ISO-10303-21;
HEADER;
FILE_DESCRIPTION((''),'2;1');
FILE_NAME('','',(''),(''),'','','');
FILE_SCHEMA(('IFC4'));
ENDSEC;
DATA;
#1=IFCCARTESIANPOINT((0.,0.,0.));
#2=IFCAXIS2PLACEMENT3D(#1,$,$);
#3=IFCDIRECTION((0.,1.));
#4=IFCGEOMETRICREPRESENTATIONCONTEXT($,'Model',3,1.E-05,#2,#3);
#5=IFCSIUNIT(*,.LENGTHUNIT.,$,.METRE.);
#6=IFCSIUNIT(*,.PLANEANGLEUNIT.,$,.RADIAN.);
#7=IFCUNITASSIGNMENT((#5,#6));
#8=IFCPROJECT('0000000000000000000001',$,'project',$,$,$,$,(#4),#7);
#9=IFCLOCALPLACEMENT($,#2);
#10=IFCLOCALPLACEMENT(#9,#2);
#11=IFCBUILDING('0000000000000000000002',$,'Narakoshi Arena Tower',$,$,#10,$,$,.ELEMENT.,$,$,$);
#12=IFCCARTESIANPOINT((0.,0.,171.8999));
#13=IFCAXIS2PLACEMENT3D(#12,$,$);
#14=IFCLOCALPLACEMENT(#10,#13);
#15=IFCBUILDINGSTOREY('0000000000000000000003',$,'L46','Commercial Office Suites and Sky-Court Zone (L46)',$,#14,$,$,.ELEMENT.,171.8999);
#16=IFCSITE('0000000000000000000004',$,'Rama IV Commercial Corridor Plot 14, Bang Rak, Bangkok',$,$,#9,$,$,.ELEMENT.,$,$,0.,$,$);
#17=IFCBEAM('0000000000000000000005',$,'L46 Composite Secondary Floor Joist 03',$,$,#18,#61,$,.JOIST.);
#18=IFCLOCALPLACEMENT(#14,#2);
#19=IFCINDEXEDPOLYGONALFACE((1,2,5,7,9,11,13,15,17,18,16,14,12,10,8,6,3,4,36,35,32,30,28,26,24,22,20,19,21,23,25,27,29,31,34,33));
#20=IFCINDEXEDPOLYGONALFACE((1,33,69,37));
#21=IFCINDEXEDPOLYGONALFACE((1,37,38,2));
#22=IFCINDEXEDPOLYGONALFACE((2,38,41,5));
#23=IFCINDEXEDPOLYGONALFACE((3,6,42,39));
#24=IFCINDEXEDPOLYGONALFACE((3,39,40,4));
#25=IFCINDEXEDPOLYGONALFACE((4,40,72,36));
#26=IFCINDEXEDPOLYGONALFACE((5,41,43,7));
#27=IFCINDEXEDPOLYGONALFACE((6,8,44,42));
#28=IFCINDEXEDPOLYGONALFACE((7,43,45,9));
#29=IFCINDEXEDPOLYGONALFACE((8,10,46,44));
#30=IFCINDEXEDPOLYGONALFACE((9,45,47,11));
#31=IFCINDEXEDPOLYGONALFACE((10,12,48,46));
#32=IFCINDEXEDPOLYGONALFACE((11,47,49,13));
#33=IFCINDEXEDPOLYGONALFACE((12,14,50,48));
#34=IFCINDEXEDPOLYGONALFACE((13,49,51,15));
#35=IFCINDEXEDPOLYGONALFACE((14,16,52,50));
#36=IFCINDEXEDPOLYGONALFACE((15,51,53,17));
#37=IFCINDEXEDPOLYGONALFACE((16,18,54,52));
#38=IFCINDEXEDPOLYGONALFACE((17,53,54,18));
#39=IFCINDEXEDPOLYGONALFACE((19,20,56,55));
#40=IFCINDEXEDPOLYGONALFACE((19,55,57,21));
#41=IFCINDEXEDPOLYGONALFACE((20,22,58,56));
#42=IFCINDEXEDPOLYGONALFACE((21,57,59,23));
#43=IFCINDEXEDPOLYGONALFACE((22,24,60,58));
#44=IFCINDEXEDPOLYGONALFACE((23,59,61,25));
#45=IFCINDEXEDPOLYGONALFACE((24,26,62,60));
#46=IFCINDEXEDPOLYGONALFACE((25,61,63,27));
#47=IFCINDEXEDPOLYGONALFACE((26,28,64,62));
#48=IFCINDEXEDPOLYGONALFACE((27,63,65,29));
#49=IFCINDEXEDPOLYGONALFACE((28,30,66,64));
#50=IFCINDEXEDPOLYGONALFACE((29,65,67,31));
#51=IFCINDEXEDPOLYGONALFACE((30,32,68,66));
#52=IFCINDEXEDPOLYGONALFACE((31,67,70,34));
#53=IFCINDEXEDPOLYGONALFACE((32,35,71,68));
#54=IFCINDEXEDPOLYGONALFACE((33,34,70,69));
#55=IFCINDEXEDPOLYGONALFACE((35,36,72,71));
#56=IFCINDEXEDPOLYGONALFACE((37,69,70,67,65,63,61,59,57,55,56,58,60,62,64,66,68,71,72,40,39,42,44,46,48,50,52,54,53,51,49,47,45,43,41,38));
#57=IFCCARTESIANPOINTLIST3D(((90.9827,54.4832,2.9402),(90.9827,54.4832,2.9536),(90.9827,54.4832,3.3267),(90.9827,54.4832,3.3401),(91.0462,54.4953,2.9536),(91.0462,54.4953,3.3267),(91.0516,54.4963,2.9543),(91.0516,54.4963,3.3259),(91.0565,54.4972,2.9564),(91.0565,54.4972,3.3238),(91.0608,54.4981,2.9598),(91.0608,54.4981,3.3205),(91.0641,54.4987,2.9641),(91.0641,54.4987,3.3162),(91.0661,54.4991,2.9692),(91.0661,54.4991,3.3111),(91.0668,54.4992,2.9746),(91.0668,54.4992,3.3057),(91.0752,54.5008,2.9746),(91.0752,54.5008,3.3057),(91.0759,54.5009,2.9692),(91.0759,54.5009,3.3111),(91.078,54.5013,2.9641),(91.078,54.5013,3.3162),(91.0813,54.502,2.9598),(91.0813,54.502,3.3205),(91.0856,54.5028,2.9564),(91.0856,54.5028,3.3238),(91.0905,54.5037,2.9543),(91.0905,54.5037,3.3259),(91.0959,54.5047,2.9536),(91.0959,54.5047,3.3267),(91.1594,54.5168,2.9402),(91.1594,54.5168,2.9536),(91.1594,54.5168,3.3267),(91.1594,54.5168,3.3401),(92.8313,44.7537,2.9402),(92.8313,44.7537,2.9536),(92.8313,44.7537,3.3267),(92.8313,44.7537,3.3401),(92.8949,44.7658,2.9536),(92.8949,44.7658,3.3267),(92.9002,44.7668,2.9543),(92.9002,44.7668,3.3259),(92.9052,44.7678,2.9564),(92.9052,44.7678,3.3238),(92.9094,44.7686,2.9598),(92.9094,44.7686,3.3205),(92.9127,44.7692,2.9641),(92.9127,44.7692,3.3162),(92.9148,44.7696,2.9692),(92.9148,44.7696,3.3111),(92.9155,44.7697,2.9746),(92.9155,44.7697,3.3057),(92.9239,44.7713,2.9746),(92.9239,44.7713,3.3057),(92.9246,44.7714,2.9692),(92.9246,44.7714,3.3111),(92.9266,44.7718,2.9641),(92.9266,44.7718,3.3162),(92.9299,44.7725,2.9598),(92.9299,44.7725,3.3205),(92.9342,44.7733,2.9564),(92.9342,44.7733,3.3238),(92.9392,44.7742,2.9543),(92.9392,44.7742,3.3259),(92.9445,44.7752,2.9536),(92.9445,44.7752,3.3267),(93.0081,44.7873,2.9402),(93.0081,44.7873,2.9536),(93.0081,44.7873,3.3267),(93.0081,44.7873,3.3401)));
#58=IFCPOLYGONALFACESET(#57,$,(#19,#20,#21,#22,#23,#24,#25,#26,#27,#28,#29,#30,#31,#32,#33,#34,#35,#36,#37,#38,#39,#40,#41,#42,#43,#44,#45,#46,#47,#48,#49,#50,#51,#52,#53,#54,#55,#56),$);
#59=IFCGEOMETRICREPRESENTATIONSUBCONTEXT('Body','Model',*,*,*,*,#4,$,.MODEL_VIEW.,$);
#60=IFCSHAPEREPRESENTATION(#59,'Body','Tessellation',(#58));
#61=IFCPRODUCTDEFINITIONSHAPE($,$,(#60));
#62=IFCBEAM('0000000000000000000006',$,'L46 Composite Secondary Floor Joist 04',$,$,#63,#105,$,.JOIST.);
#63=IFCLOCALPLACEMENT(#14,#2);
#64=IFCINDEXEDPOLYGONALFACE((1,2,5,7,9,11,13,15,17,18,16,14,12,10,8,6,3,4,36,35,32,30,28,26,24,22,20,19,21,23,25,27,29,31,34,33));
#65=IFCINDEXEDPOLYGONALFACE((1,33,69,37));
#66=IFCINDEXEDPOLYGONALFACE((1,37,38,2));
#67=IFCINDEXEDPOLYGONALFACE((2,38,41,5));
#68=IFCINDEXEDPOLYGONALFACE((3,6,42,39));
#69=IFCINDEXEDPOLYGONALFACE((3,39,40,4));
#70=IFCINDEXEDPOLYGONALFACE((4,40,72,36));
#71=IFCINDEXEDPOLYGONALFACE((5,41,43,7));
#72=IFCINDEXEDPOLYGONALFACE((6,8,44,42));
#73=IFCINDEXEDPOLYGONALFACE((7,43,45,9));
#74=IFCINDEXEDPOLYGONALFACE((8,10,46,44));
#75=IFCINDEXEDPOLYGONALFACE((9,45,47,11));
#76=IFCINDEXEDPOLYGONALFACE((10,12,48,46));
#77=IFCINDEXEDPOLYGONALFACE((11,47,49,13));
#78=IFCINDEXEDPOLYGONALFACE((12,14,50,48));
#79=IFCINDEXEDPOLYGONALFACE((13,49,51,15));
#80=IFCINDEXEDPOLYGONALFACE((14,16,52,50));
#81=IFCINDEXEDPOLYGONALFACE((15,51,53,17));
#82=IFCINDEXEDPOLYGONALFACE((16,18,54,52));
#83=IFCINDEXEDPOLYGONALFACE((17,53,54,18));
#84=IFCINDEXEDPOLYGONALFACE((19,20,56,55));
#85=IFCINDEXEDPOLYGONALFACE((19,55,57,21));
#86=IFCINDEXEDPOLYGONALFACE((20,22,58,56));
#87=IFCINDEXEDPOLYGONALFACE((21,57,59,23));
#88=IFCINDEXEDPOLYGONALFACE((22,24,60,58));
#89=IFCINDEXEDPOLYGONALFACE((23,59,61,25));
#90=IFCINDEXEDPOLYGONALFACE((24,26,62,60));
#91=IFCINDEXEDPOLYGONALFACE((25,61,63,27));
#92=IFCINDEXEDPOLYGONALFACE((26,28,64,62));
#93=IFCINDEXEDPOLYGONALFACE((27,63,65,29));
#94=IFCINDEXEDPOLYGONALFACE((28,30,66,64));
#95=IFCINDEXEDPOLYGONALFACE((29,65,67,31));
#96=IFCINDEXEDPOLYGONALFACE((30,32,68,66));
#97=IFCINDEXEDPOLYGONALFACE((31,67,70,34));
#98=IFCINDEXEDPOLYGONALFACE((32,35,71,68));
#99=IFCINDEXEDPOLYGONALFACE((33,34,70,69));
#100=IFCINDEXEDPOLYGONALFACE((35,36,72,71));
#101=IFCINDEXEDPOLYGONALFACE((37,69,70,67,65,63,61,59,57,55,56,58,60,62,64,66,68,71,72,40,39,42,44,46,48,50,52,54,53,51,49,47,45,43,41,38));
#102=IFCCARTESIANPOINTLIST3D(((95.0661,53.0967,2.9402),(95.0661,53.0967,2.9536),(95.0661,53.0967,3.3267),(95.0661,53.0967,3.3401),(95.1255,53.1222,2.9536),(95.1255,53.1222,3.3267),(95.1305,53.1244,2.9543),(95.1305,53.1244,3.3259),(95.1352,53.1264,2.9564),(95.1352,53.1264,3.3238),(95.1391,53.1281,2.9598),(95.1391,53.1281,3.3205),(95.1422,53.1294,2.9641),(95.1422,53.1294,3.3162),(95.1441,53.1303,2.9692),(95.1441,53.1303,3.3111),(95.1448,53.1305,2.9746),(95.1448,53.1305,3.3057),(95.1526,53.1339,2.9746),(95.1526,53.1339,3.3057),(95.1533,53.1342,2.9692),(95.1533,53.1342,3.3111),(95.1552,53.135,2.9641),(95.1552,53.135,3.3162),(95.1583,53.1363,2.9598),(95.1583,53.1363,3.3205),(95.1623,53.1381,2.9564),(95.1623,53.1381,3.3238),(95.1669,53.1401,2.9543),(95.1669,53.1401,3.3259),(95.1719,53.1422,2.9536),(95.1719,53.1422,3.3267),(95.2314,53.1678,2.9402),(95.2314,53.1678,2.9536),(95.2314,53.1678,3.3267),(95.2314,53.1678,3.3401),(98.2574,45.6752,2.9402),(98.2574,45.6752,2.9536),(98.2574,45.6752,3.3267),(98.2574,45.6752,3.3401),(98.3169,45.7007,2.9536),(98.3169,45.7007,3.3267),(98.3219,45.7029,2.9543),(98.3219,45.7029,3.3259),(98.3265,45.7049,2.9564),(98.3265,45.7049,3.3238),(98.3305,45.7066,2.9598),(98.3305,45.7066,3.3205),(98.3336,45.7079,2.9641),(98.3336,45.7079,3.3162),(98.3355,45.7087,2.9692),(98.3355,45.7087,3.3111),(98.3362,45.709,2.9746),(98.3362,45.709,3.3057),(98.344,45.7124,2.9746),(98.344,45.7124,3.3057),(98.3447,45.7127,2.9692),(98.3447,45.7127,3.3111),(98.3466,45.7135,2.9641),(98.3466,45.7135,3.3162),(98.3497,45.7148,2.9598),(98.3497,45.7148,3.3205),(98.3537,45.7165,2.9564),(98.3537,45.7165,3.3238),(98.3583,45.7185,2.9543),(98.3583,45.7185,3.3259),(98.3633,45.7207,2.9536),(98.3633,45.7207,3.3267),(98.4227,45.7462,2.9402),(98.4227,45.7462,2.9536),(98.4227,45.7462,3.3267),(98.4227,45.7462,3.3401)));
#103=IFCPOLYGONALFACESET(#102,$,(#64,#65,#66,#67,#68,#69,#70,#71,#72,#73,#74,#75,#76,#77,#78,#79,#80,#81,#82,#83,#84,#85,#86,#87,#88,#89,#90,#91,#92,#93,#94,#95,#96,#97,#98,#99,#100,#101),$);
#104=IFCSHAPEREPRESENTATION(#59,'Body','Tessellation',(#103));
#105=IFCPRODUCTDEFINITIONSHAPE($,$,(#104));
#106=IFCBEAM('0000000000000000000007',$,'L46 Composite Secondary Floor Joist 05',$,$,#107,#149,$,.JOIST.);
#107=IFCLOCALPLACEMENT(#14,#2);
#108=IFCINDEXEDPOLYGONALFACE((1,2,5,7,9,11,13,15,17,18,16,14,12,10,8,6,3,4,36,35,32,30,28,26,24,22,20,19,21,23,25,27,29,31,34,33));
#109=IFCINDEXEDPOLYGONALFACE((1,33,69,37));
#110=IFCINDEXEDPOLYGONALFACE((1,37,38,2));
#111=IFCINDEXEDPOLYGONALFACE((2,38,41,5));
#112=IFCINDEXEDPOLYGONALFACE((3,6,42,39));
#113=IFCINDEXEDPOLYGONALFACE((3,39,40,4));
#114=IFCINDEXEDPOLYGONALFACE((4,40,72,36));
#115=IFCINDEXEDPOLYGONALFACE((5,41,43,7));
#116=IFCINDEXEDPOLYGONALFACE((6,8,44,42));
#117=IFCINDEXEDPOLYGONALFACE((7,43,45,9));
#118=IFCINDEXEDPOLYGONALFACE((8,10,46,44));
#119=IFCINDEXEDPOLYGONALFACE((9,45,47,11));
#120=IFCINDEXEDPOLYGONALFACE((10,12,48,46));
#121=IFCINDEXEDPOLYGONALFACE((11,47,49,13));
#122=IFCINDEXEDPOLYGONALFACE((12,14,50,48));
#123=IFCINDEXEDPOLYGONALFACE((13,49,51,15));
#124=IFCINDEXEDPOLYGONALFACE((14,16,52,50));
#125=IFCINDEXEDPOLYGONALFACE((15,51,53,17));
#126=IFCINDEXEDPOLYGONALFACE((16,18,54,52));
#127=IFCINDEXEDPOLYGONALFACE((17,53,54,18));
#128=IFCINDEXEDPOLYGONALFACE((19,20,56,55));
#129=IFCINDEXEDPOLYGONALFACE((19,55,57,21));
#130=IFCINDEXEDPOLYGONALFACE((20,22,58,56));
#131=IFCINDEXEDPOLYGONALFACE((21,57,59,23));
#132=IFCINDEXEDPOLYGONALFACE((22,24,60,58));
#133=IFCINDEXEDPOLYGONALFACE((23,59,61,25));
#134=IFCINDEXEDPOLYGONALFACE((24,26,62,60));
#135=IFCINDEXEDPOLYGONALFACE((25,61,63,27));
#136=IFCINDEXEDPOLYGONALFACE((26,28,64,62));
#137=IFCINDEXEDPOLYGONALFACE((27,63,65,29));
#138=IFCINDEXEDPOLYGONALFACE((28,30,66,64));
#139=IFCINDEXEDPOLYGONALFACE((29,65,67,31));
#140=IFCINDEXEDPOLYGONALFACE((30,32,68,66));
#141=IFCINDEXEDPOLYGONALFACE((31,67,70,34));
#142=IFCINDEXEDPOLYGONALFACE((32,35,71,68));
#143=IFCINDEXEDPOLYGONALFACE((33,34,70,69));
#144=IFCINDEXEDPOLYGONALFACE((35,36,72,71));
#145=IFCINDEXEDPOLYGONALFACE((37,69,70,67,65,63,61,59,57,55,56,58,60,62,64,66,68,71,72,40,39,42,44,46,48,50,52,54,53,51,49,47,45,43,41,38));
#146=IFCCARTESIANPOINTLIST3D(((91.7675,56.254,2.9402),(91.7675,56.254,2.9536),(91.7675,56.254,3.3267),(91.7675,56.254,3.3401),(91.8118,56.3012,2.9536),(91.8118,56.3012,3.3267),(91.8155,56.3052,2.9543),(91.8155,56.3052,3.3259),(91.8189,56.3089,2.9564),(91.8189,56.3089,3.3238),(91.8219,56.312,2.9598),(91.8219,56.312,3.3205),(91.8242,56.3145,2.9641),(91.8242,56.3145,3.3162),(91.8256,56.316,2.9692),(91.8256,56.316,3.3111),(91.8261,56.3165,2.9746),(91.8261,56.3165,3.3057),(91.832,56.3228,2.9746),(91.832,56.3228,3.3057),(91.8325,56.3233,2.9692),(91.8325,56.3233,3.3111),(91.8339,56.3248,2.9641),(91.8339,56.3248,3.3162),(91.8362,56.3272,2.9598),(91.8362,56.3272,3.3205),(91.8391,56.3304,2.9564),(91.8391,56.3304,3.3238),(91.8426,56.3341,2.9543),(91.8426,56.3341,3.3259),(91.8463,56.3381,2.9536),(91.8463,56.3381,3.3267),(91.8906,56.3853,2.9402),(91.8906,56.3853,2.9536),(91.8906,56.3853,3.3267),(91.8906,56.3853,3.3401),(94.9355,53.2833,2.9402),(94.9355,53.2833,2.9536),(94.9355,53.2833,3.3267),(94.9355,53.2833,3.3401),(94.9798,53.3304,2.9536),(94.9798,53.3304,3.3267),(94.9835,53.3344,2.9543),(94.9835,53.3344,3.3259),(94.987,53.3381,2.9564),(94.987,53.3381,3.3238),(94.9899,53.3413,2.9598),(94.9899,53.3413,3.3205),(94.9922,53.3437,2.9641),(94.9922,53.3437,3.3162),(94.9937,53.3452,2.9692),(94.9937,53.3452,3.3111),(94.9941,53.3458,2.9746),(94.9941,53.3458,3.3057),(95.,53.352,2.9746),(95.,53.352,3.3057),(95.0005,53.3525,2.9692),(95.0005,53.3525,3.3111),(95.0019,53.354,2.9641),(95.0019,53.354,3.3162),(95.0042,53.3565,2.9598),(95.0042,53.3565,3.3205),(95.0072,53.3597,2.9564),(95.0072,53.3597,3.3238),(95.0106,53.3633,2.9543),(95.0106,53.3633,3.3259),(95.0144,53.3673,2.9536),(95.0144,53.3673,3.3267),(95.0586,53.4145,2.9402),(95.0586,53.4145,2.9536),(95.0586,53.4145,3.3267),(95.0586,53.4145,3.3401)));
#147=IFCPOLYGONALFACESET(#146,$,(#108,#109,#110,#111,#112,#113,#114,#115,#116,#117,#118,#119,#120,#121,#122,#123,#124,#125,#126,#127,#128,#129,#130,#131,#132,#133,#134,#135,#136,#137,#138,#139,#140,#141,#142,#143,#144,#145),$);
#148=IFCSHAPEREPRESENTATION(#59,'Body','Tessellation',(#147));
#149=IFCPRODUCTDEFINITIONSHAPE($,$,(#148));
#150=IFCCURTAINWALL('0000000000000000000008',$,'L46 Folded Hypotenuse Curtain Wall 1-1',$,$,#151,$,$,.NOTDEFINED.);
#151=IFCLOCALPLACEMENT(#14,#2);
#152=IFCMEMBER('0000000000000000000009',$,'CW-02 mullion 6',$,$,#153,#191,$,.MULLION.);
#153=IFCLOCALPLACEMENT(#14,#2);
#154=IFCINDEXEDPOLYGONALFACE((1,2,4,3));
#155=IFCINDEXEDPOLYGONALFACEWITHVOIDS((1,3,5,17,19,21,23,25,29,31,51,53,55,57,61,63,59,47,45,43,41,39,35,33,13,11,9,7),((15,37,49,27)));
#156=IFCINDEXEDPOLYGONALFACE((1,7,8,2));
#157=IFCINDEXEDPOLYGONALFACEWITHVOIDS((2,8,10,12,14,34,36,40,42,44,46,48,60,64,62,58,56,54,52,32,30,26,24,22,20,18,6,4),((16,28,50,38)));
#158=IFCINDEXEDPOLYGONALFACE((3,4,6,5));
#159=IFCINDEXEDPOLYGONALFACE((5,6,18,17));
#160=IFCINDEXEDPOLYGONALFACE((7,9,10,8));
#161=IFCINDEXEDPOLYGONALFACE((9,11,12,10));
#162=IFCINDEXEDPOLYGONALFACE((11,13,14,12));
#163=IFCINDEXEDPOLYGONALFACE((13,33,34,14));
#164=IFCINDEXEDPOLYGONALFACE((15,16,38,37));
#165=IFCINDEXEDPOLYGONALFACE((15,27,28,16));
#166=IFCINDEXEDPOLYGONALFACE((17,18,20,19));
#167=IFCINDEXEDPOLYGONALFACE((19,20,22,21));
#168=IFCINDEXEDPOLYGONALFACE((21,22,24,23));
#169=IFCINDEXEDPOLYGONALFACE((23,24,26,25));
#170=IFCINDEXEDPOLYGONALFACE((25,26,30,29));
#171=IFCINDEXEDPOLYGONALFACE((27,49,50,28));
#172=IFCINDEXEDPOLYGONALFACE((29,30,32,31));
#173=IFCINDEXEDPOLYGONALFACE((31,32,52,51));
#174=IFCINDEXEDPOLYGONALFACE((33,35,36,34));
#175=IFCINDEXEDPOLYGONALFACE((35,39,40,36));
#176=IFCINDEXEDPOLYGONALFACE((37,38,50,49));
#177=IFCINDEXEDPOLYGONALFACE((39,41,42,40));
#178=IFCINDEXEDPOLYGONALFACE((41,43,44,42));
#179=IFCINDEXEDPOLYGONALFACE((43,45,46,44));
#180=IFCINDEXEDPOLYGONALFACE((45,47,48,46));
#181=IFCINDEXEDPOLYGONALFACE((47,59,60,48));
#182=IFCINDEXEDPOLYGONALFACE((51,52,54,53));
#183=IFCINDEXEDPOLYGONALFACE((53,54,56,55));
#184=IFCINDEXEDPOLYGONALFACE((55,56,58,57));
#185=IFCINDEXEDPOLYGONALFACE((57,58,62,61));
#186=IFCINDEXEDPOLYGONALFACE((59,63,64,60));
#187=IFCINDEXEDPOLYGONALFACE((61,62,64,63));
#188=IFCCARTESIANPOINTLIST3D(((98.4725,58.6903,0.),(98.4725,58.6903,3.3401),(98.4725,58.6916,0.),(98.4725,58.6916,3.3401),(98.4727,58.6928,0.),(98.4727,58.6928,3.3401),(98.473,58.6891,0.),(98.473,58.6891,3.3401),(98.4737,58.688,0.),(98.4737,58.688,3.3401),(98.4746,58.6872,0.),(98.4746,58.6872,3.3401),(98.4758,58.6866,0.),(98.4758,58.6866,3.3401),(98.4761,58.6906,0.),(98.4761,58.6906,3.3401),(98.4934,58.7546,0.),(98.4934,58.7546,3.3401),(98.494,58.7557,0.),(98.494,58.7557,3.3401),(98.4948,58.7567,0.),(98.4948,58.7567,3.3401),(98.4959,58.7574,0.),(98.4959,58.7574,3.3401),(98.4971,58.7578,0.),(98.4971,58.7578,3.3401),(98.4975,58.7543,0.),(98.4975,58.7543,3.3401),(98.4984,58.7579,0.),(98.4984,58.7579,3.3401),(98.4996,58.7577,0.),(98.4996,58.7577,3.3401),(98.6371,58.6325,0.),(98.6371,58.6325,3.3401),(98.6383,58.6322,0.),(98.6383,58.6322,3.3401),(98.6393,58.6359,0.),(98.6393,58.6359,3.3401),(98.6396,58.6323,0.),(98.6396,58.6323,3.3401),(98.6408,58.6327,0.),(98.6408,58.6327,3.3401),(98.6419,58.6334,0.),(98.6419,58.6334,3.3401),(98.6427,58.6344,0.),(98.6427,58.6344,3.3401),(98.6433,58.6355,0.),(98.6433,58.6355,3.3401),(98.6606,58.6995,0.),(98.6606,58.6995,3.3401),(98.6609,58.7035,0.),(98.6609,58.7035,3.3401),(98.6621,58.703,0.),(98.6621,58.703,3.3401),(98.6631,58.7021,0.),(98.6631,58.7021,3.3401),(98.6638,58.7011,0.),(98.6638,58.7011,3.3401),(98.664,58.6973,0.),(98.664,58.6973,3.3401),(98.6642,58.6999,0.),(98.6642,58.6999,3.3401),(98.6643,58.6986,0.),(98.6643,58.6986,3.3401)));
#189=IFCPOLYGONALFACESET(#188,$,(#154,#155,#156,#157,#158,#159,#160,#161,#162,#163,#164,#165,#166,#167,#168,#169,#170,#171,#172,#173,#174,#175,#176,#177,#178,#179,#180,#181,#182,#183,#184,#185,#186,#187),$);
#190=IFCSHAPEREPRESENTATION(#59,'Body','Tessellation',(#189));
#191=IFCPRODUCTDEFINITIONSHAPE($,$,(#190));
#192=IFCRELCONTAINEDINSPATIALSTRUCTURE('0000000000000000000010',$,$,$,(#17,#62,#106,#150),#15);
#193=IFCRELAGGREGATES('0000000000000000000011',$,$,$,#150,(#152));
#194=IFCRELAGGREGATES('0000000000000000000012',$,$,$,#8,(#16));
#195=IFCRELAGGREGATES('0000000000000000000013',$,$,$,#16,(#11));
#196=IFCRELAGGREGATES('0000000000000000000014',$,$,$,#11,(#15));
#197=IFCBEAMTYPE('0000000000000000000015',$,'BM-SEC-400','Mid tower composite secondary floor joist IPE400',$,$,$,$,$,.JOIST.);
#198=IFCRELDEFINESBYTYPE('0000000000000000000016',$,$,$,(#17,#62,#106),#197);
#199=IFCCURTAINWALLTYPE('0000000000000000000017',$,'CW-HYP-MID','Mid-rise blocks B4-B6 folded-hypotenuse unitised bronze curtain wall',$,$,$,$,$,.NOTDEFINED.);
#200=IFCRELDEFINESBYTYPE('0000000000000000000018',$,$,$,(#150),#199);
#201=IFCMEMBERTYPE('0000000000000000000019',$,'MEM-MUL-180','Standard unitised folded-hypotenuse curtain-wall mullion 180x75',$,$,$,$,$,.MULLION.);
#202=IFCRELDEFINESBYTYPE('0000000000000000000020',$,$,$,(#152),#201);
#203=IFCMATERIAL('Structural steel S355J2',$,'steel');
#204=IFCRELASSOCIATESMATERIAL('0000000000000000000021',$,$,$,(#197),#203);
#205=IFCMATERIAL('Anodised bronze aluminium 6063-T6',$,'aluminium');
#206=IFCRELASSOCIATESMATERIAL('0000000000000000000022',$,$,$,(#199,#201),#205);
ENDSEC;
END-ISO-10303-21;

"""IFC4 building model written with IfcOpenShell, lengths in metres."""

from ifc_helpers import new_model, si_unit, direction, frame, origin, origin_2d, place, context, subcontext, project, spatial, hollow_rectangle, i_section, extrude, material, material_profile, profile_set, type_object, element, aggregate, save


model = new_model("IFC4")

# Units and contexts
model_context = context("Model", 3, precision=1e-05, world=origin(), true_north=direction((0.0, 1.0)))
body_context = subcontext(model_context, "Body", "Model", "MODEL_VIEW")
ifc_project = project(units=[si_unit("LENGTHUNIT", "METRE"), si_unit("PLANEANGLEUNIT", "RADIAN")], contexts=[model_context])

# Site, building, storey
site_placement = place(None, origin())
site = spatial("IfcSite", under=ifc_project, at=site_placement, Name="Rama IV Commercial Corridor Plot 14, Bang Rak, Bangkok", CompositionType="ELEMENT", RefElevation=0.0)
building_placement = place(site_placement, origin())
building = spatial("IfcBuilding", under=site, at=building_placement, Name="Narakoshi Arena Tower", CompositionType="ELEMENT")
storey_placement = place(building_placement, frame((0.0, 0.0, 171.8999)))
storey = spatial("IfcBuildingStorey", under=building, at=storey_placement, Name="L46", Description="Commercial Office Suites and Sky-Court Zone (L46)", CompositionType="ELEMENT", Elevation=171.8999)

# Beams
ifc_material_1 = material(Name="Structural steel S355J2", Category="steel")
ifc_material_profile_1 = material_profile(ifc_material_1, i_section(OverallWidth=0.1799, OverallDepth=0.3999, WebThickness=0.0085, FlangeThickness=0.0134, FilletRadius=0.021, at=origin_2d()), Name="IPE400")
ifc_profile_set_1 = profile_set([ifc_material_profile_1], Name="Structural steel S355J2")
beam_type_1 = type_object("IfcBeamType", Name="BM-SEC-400", Description="Mid tower composite secondary floor joist IPE400", PredefinedType="JOIST", material=ifc_profile_set_1)
beam_1_placement = place(storey_placement, frame((92.9197, 44.7705, 3.1401), z_axis=(-0.186664, 0.982424, 0.0), x_axis=(-0.982424, -0.186664, 0.0)))
element("IfcBeam", 1, at=beam_1_placement, inside=storey, type_object=beam_type_1, Name="L46 Composite Secondary Floor Joist 03", PredefinedType="JOIST", context=body_context, shape_type="SweptSolid", body=[
    extrude(i_section(OverallWidth=0.1799, OverallDepth=0.3999, WebThickness=0.0085, FlangeThickness=0.0134, FilletRadius=0.021, at=origin_2d()), origin(), (0.0, 0.0, 1.0), 9.9036),
])
beam_2_placement = place(storey_placement, frame((98.3401, 45.7107, 3.1401), z_axis=(-0.395039, 0.918664, 0.0), x_axis=(-0.918664, -0.395039, 0.0)))
element("IfcBeam", 2, at=beam_2_placement, inside=storey, type_object=beam_type_1, Name="L46 Composite Secondary Floor Joist 04", PredefinedType="JOIST", context=body_context, shape_type="SweptSolid", body=[
    extrude(i_section(OverallWidth=0.1799, OverallDepth=0.3999, WebThickness=0.0085, FlangeThickness=0.0134, FilletRadius=0.021, at=origin_2d()), origin(), (0.0, 0.0, 1.0), 8.0786),
])
beam_3_placement = place(storey_placement, frame((94.9971, 53.3489, 3.1401), z_axis=(-0.729453, 0.684031, 0.0), x_axis=(-0.684031, -0.729453, 0.0)))
element("IfcBeam", 3, at=beam_3_placement, inside=storey, type_object=beam_type_1, Name="L46 Composite Secondary Floor Joist 05", PredefinedType="JOIST", context=body_context, shape_type="SweptSolid", body=[
    extrude(i_section(OverallWidth=0.1799, OverallDepth=0.3999, WebThickness=0.0085, FlangeThickness=0.0134, FilletRadius=0.021, at=origin_2d()), origin(), (0.0, 0.0, 1.0), 4.343),
])

# Curtain wall, member
ifc_material_2 = material(Name="Anodised bronze aluminium 6063-T6", Category="aluminium")
curtain_wall_type = type_object("IfcCurtainWallType", Name="CW-HYP-MID", Description="Mid-rise blocks B4-B6 folded-hypotenuse unitised bronze curtain wall", PredefinedType="NOTDEFINED", material=ifc_material_2)
curtain_wall_placement = place(storey_placement, origin())
curtain_wall = element("IfcCurtainWall", 4, at=curtain_wall_placement, inside=storey, type_object=curtain_wall_type, Name="L46 Folded Hypotenuse Curtain Wall 1-1", PredefinedType="NOTDEFINED")
ifc_material_profile_2 = material_profile(ifc_material_2, hollow_rectangle(XDim=0.075, YDim=0.1799, WallThickness=0.0039, OuterFilletRadius=0.0049, at=origin_2d()), Name="MUL180x75x4")
ifc_profile_set_2 = profile_set([ifc_material_profile_2], Name="Anodised bronze aluminium 6063-T6")
member_type_1 = type_object("IfcMemberType", Name="MEM-MUL-180", Description="Standard unitised folded-hypotenuse curtain-wall mullion 180x75", PredefinedType="MULLION", material=ifc_profile_set_2)
member_1_placement = place(storey_placement, frame((98.5684, 58.6951, 0.0), z_axis=(0.0, 0.0, 1.0), x_axis=(-0.318261, -0.948003, 0.0)))
member_1 = element("IfcMember", 5, at=member_1_placement, type_object=member_type_1, Name="CW-02 mullion 6", PredefinedType="MULLION", context=body_context, shape_type="SweptSolid", body=[
    extrude(hollow_rectangle(XDim=0.075, YDim=0.1799, WallThickness=0.0039, OuterFilletRadius=0.0049, at=origin_2d()), origin(), (0.0, 0.0, 1.0), 3.3401),
])
aggregate(curtain_wall, [member_1])

save(model, "model.ifc")
